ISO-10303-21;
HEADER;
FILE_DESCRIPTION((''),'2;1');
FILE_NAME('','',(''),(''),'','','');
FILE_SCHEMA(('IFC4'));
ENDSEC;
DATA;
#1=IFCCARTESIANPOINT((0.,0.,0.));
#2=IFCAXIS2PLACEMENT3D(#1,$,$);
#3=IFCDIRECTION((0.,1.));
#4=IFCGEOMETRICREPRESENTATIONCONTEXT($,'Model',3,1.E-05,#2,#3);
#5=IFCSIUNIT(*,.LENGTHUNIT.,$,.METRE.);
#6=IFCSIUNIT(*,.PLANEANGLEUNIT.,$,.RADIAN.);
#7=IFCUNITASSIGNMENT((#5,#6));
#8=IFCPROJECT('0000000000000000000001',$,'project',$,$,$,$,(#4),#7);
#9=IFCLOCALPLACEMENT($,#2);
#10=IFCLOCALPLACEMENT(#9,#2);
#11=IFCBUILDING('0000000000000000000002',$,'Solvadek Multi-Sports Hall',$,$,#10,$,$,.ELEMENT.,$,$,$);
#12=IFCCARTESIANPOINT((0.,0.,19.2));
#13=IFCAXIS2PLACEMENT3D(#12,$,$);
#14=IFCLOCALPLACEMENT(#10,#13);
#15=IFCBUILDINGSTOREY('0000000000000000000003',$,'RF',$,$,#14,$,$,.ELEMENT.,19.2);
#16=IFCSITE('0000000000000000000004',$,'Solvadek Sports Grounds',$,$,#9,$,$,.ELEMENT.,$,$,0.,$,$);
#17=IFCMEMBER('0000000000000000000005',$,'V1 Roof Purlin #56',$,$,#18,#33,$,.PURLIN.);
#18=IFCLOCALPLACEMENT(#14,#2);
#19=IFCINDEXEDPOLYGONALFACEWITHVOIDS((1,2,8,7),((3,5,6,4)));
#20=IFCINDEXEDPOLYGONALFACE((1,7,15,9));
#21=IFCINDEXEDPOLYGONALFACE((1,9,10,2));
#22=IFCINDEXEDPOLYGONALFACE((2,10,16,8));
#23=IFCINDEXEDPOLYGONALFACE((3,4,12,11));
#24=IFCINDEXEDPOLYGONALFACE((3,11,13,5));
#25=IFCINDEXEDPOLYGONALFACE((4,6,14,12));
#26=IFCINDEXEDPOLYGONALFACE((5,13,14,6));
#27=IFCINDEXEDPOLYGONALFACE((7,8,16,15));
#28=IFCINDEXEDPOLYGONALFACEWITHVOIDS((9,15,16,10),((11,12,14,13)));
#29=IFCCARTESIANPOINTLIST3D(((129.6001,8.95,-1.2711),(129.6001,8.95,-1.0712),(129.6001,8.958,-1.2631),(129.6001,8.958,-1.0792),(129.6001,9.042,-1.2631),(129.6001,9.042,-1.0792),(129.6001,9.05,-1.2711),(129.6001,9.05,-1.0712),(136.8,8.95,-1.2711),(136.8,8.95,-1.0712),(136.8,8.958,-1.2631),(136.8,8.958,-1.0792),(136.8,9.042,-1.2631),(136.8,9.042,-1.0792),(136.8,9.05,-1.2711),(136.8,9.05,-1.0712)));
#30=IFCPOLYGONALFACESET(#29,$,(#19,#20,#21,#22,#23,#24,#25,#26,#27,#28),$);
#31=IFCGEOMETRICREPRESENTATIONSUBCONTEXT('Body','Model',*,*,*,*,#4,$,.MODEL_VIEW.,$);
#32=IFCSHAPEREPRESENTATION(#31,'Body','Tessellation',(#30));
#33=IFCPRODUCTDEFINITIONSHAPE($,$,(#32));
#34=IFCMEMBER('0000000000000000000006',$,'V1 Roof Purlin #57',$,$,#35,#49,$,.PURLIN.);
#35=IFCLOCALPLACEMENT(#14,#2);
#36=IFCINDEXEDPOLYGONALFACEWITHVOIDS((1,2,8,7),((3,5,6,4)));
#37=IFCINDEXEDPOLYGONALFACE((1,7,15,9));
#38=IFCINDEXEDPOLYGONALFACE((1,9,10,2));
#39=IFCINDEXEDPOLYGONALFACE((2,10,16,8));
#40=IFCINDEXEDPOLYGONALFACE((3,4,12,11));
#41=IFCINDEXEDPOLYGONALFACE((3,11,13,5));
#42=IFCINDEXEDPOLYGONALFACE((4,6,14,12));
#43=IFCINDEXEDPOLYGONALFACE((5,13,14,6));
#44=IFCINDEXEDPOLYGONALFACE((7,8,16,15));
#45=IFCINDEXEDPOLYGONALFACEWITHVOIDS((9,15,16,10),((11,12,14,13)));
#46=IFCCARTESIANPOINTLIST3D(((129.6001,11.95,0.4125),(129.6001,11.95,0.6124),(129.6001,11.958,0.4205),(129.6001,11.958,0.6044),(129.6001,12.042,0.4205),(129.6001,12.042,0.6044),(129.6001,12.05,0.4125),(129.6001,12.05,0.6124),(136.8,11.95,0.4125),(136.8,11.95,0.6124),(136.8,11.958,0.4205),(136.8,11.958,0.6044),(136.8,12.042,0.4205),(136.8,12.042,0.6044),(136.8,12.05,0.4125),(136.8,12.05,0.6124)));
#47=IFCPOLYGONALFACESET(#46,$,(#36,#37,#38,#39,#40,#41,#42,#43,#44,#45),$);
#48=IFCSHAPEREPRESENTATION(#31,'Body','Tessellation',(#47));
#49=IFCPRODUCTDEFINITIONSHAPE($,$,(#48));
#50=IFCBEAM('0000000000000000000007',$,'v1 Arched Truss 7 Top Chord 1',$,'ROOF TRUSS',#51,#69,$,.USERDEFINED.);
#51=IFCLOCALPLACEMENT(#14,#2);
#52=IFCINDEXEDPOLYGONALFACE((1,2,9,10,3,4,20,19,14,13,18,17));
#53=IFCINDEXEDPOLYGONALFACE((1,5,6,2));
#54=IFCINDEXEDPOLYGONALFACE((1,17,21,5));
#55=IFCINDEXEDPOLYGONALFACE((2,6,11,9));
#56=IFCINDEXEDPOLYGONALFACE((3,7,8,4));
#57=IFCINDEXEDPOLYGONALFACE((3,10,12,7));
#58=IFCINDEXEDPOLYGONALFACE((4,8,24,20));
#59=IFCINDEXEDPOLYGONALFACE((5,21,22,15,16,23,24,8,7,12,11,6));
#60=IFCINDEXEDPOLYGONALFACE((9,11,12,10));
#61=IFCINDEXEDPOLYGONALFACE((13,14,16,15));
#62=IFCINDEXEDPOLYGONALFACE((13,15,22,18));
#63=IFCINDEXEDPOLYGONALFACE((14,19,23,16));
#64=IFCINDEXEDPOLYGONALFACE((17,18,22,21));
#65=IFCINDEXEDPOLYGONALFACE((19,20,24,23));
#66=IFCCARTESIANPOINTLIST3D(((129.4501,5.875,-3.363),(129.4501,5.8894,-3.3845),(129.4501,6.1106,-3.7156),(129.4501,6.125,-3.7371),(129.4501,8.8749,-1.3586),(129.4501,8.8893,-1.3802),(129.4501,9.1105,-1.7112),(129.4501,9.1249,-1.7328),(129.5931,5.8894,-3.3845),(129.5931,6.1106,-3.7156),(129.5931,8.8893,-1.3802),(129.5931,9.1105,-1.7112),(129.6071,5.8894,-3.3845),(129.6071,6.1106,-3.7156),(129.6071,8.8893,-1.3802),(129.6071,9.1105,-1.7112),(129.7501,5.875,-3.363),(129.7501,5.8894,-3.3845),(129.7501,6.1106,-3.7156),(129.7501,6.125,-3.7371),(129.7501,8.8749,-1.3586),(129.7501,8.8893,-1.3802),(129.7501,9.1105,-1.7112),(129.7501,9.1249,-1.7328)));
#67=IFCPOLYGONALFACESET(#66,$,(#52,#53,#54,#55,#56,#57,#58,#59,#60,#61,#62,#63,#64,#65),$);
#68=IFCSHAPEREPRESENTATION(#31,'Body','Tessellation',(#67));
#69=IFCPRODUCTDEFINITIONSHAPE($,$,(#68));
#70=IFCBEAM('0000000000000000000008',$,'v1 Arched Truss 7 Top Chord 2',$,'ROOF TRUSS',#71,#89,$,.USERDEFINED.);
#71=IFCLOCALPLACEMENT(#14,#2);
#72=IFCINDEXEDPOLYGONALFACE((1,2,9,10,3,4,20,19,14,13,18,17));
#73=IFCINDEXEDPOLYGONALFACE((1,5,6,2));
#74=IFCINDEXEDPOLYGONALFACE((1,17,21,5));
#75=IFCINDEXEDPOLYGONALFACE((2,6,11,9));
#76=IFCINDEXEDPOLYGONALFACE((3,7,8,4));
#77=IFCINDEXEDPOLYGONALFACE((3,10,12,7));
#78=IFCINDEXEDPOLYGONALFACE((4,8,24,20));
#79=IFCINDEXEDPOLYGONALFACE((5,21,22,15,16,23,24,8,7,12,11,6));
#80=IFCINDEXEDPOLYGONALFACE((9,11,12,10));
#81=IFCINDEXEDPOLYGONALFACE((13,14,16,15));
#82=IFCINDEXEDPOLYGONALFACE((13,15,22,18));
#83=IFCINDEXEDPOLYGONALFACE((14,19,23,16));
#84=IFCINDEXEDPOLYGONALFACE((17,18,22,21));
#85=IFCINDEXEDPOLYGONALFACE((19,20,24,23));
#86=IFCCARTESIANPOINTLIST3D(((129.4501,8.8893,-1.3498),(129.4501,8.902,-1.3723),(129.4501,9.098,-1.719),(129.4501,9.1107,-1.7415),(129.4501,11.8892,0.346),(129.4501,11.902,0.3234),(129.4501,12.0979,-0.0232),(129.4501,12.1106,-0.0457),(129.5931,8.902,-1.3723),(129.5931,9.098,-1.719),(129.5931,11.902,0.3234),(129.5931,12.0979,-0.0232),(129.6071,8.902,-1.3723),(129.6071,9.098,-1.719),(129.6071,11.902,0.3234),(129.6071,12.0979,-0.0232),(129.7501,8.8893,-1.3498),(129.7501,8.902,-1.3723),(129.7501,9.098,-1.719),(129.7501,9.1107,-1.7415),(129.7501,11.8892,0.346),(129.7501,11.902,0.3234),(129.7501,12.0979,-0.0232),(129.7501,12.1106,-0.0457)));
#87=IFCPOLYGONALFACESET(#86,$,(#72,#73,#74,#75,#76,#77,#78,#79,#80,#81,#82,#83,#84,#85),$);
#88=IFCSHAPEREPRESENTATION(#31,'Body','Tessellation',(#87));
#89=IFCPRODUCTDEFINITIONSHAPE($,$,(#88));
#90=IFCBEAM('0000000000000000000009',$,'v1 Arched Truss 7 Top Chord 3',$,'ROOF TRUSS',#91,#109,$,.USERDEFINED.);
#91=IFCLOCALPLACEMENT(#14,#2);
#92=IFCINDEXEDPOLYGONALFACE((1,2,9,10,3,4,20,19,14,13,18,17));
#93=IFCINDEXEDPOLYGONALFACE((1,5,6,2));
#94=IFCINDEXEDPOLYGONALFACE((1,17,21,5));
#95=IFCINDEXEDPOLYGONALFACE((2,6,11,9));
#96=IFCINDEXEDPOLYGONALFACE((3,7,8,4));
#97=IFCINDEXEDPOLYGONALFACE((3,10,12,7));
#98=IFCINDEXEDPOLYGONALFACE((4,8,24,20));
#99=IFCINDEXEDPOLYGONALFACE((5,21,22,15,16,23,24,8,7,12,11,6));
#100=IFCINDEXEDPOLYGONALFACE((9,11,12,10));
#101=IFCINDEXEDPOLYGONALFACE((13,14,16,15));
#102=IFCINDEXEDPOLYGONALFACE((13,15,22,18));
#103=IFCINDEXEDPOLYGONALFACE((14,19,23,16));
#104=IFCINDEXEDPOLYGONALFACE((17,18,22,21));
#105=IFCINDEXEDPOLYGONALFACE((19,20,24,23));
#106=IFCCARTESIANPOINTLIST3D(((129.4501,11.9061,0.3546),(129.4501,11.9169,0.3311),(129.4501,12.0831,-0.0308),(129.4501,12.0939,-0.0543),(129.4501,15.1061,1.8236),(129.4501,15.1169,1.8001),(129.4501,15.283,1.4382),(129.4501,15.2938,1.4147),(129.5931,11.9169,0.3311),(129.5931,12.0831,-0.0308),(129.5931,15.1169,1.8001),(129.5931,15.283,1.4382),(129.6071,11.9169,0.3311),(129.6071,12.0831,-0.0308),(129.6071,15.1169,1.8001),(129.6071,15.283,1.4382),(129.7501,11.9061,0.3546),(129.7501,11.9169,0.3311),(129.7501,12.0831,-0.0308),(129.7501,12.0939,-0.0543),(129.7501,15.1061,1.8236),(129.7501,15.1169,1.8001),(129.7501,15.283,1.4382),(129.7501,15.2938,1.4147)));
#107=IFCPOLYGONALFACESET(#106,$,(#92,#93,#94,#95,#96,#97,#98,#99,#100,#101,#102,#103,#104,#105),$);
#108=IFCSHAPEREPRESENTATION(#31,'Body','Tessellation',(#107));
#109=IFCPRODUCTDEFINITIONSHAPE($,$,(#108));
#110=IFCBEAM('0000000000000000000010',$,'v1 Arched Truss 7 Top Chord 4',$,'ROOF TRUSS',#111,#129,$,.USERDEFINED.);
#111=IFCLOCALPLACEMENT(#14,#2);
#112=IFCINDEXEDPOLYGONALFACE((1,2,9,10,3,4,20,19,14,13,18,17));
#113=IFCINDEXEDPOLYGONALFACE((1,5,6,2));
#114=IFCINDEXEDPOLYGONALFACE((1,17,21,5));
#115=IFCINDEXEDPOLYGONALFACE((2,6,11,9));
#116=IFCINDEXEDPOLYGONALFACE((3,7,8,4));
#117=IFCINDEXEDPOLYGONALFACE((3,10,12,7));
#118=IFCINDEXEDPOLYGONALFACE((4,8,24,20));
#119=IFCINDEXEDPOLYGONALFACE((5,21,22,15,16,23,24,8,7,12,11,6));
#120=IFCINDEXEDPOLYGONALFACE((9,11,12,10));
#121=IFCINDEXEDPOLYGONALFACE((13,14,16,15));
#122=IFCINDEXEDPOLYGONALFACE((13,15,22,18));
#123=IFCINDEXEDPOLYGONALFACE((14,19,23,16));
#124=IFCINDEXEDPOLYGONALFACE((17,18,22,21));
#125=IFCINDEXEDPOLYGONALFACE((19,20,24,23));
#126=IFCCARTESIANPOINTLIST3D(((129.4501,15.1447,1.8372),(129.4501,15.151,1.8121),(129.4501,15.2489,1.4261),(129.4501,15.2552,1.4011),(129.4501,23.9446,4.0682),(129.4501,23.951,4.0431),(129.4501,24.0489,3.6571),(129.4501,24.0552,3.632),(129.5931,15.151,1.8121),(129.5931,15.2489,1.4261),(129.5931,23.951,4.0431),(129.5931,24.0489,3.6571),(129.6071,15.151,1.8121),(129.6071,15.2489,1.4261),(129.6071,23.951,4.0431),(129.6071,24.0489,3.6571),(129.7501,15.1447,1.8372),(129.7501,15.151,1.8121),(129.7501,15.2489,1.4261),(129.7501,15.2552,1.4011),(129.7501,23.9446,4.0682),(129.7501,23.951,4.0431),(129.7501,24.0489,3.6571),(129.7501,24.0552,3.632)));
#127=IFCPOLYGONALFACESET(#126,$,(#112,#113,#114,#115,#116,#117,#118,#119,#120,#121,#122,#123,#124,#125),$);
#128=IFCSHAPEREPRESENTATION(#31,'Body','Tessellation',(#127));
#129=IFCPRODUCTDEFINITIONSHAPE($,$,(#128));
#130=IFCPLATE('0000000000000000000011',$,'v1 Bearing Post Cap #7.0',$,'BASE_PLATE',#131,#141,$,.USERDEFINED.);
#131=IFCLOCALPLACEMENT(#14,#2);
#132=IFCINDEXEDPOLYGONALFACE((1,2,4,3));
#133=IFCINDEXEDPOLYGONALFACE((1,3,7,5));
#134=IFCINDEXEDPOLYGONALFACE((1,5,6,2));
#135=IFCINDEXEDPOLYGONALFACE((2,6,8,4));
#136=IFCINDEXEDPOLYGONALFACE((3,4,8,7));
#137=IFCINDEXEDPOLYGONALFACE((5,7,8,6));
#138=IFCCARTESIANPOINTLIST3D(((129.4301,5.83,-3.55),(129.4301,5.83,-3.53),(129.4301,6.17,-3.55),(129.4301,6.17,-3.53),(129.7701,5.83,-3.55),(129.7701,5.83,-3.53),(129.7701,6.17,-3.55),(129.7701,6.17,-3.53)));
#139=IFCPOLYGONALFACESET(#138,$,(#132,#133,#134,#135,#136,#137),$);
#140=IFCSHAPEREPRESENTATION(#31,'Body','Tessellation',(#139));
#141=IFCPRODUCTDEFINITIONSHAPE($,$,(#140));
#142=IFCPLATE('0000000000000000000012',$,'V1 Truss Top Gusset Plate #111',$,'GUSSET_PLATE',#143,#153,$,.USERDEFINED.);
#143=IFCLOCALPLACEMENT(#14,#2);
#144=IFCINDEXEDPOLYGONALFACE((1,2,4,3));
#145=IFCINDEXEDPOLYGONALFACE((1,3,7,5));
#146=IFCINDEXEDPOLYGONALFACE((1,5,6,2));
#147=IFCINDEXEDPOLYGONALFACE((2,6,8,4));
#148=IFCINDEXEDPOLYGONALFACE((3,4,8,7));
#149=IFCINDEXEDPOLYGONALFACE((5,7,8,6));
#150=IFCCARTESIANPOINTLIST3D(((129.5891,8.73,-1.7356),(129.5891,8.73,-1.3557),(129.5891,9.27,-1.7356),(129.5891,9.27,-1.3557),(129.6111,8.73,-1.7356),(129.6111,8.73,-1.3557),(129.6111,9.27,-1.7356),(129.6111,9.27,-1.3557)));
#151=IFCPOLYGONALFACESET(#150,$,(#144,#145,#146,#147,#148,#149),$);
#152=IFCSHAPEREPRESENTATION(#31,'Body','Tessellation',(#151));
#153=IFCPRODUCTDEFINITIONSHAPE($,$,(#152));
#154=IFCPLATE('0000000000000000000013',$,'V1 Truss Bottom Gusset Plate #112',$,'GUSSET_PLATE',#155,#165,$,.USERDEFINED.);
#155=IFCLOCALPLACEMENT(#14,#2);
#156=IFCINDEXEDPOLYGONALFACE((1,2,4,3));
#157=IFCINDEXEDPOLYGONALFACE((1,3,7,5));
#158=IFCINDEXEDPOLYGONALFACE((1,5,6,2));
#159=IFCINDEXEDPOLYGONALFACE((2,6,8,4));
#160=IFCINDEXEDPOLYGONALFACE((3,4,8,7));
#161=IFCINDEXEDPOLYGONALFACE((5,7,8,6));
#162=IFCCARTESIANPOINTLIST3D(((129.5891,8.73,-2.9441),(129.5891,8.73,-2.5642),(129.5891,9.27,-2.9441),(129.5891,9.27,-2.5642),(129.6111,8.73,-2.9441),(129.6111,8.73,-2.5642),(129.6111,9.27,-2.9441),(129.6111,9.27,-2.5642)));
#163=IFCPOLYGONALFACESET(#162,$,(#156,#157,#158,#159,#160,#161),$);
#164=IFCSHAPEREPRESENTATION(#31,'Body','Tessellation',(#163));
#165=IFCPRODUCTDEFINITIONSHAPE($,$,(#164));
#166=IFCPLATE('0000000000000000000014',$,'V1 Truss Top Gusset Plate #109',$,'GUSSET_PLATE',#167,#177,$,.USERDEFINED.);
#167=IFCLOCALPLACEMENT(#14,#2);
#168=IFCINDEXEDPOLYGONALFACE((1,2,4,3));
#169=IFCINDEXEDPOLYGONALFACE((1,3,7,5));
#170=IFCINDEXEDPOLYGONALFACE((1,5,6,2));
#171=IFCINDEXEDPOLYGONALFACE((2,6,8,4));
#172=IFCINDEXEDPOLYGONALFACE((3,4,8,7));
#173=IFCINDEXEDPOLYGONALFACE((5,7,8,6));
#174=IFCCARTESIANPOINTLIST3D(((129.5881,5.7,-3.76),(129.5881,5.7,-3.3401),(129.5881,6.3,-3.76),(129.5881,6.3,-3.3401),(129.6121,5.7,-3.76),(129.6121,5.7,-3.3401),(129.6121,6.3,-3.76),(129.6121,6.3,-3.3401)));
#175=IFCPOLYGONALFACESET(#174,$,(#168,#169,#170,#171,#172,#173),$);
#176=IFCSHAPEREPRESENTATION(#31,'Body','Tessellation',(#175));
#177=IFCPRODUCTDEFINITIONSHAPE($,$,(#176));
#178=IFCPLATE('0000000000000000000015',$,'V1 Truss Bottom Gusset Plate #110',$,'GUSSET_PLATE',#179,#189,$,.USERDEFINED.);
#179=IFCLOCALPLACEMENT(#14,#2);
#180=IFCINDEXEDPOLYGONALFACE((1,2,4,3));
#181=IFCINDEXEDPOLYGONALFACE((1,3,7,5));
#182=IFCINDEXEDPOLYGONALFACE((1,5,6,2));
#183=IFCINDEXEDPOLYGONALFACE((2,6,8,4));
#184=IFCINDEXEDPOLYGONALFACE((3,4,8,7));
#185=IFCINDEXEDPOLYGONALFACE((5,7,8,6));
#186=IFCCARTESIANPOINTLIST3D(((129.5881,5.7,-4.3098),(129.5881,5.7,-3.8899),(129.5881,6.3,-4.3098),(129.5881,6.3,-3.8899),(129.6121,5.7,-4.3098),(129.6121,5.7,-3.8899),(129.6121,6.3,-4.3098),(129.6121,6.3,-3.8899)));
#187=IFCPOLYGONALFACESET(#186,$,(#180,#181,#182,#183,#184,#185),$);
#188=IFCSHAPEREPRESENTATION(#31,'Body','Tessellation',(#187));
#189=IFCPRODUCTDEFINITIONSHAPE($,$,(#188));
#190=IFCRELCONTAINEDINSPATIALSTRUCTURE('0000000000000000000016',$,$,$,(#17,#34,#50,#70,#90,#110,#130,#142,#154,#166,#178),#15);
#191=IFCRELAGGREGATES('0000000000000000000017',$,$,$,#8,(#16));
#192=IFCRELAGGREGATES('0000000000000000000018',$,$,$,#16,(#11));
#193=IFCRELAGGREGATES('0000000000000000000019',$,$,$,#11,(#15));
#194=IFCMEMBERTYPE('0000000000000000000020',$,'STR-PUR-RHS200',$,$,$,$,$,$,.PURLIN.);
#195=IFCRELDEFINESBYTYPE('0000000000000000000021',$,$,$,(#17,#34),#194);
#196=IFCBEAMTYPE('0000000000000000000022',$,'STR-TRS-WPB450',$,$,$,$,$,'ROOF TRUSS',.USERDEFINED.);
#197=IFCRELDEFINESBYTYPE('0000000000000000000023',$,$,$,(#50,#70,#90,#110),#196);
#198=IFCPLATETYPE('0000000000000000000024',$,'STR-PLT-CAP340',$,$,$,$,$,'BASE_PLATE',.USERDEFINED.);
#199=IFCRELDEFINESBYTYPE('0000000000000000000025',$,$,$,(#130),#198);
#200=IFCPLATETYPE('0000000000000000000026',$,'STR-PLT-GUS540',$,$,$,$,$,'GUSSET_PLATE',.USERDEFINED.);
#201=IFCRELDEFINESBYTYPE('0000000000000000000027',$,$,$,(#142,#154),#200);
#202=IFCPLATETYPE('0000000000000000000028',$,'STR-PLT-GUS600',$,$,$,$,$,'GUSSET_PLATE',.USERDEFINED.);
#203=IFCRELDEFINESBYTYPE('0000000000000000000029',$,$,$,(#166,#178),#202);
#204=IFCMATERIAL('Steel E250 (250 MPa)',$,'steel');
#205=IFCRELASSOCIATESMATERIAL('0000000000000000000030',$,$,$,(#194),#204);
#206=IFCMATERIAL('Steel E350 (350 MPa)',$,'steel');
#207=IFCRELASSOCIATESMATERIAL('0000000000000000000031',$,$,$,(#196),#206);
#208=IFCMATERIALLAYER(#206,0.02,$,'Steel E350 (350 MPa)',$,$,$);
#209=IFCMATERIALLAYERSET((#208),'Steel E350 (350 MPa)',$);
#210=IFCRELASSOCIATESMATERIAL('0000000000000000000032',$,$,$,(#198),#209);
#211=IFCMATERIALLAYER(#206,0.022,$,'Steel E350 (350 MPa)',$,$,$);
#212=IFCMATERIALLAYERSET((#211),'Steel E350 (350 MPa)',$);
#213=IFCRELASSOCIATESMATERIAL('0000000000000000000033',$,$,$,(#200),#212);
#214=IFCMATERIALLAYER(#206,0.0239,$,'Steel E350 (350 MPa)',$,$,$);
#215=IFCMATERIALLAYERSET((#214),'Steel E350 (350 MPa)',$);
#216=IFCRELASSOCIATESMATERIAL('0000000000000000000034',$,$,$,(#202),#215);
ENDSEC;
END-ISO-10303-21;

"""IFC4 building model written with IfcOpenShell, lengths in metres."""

from ifc_helpers import new_model, si_unit, direction, frame, origin, origin_2d, place, context, subcontext, project, spatial, rectangle, hollow_rectangle, i_section, extrude, material, layer, layer_set, material_profile, profile_set, type_object, element, save


model = new_model("IFC4")

# Units and contexts
model_context = context("Model", 3, precision=1e-05, world=origin(), true_north=direction((0.0, 1.0)))
body_context = subcontext(model_context, "Body", "Model", "MODEL_VIEW")
ifc_project = project(units=[si_unit("LENGTHUNIT", "METRE"), si_unit("PLANEANGLEUNIT", "RADIAN")], contexts=[model_context])

# Site, building, storey
site_placement = place(None, origin())
site = spatial("IfcSite", under=ifc_project, at=site_placement, Name="Solvadek Sports Grounds", CompositionType="ELEMENT", RefElevation=0.0)
building_placement = place(site_placement, origin())
building = spatial("IfcBuilding", under=site, at=building_placement, Name="Solvadek Multi-Sports Hall", CompositionType="ELEMENT")
storey_placement = place(building_placement, frame((0.0, 0.0, 19.2)))
storey = spatial("IfcBuildingStorey", under=building, at=storey_placement, Name="RF", CompositionType="ELEMENT", Elevation=19.2)

# Shared definitions
ifc_material_1 = material(Name="Steel E350 (350 MPa)", Category="steel")

# Members
ifc_material_2 = material(Name="Steel E250 (250 MPa)", Category="steel")
ifc_material_profile_1 = material_profile(ifc_material_2, hollow_rectangle(XDim=0.1001, YDim=0.2, WallThickness=0.0081, at=origin_2d()), Name="RHS 200x100x8")
ifc_profile_set_1 = profile_set([ifc_material_profile_1], Name="Steel E250 (250 MPa)")
member_type_1 = type_object("IfcMemberType", Name="STR-PUR-RHS200", PredefinedType="PURLIN", material=ifc_profile_set_1)
for number, where, z_axis, x_axis, name in (
    (1, (129.6001, 9.0, -1.1711), (1.0, 0.0, 0.0), (0.0, 1.0, 0.0), "V1 Roof Purlin #56"),
    (2, (129.6001, 12.0, 0.5125), (1.0, 0.0, 0.0), (0.0, 1.0, 0.0), "V1 Roof Purlin #57"),
):
    element("IfcMember", number, at=place(storey_placement, frame(where, z_axis=z_axis, x_axis=x_axis)), inside=storey, type_object=member_type_1, Name=name, PredefinedType="PURLIN", context=body_context, shape_type="SweptSolid", body=[
        extrude(hollow_rectangle(XDim=0.1001, YDim=0.2, WallThickness=0.0081, at=origin_2d()), origin(), (0.0, 0.0, 1.0), 7.2),
    ])

# Beams
ifc_material_profile_2 = material_profile(ifc_material_1, i_section(OverallWidth=0.3, OverallDepth=0.45, WebThickness=0.0139, FlangeThickness=0.0259, at=origin_2d()), Name="WPB 450")
ifc_profile_set_2 = profile_set([ifc_material_profile_2], Name="Steel E350 (350 MPa)")
beam_type = type_object("IfcBeamType", Name="STR-TRS-WPB450", ElementType="ROOF TRUSS", PredefinedType="USERDEFINED", material=ifc_profile_set_2)
beam_1_placement = place(storey_placement, frame((129.6001, 6.0, -3.55), z_axis=(0.0, 0.831488, 0.555543), x_axis=(-1.0, 0.0, 0.0)))
element("IfcBeam", 3, at=beam_1_placement, inside=storey, type_object=beam_type, Name="v1 Arched Truss 7 Top Chord 1", ObjectType="ROOF TRUSS", PredefinedType="USERDEFINED", context=body_context, shape_type="SweptSolid", body=[
    extrude(i_section(OverallWidth=0.3, OverallDepth=0.45, WebThickness=0.0139, FlangeThickness=0.0259, at=origin_2d()), origin(), (0.0, 0.0, 1.0), 3.6079),
])
beam_2_placement = place(storey_placement, frame((129.6001, 9.0, -1.5457), z_axis=(0.0, 0.870544, 0.49209), x_axis=(-1.0, 0.0, 0.0)))
element("IfcBeam", 4, at=beam_2_placement, inside=storey, type_object=beam_type, Name="v1 Arched Truss 7 Top Chord 2", ObjectType="ROOF TRUSS", PredefinedType="USERDEFINED", context=body_context, shape_type="SweptSolid", body=[
    extrude(i_section(OverallWidth=0.3, OverallDepth=0.45, WebThickness=0.0139, FlangeThickness=0.0259, at=origin_2d()), origin(), (0.0, 0.0, 1.0), 3.446),
])
beam_3_placement = place(storey_placement, frame((129.6001, 12.0, 0.1501), z_axis=(0.0, 0.908812, 0.417206), x_axis=(-1.0, 0.0, 0.0)))
element("IfcBeam", 5, at=beam_3_placement, inside=storey, type_object=beam_type, Name="v1 Arched Truss 7 Top Chord 3", ObjectType="ROOF TRUSS", PredefinedType="USERDEFINED", context=body_context, shape_type="SweptSolid", body=[
    extrude(i_section(OverallWidth=0.3, OverallDepth=0.45, WebThickness=0.0139, FlangeThickness=0.0259, at=origin_2d()), origin(), (0.0, 0.0, 1.0), 3.521),
])
beam_4_placement = place(storey_placement, frame((129.6001, 15.2, 1.6191), z_axis=(0.0, 0.969335, 0.245742), x_axis=(-1.0, 0.0, 0.0)))
element("IfcBeam", 6, at=beam_4_placement, inside=storey, type_object=beam_type, Name="v1 Arched Truss 7 Top Chord 4", ObjectType="ROOF TRUSS", PredefinedType="USERDEFINED", context=body_context, shape_type="SweptSolid", body=[
    extrude(i_section(OverallWidth=0.3, OverallDepth=0.45, WebThickness=0.0139, FlangeThickness=0.0259, at=origin_2d()), origin(), (0.0, 0.0, 1.0), 9.0784),
])

# Plates
ifc_layer_1 = layer(ifc_material_1, 0.02, Name="Steel E350 (350 MPa)")
ifc_layer_set_1 = layer_set([ifc_layer_1], Name="Steel E350 (350 MPa)")
plate_type_1 = type_object("IfcPlateType", Name="STR-PLT-CAP340", ElementType="BASE_PLATE", PredefinedType="USERDEFINED", material=ifc_layer_set_1)
plate_placement = place(storey_placement, frame((129.6001, 6.0, -3.55), z_axis=(0.0, 0.0, 1.0), x_axis=(1.0, 0.0, 0.0)))
element("IfcPlate", 7, at=plate_placement, inside=storey, type_object=plate_type_1, Name="v1 Bearing Post Cap #7.0", ObjectType="BASE_PLATE", PredefinedType="USERDEFINED", context=body_context, shape_type="SweptSolid", body=[
    extrude(rectangle(XDim=0.3401, YDim=0.3401, at=origin_2d()), origin(), (0.0, 0.0, 1.0), 0.02),
])
ifc_layer_2 = layer(ifc_material_1, 0.022, Name="Steel E350 (350 MPa)")
ifc_layer_set_2 = layer_set([ifc_layer_2], Name="Steel E350 (350 MPa)")
plate_type_2 = type_object("IfcPlateType", Name="STR-PLT-GUS540", ElementType="GUSSET_PLATE", PredefinedType="USERDEFINED", material=ifc_layer_set_2)
for number, where, z_axis, x_axis, name in (
    (8, (129.6001, 9.0, -1.7356), (0.0, 0.0, 1.0), (0.0, 1.0, 0.0), "V1 Truss Top Gusset Plate #111"),
    (9, (129.6001, 9.0, -2.9441), (0.0, 0.0, 1.0), (0.0, 1.0, 0.0), "V1 Truss Bottom Gusset Plate #112"),
):
    element("IfcPlate", number, at=place(storey_placement, frame(where, z_axis=z_axis, x_axis=x_axis)), inside=storey, type_object=plate_type_2, Name=name, ObjectType="GUSSET_PLATE", PredefinedType="USERDEFINED", context=body_context, shape_type="SweptSolid", body=[
        extrude(rectangle(XDim=0.54, YDim=0.022, at=origin_2d()), origin(), (0.0, 0.0, 1.0), 0.3799),
    ])
ifc_layer_3 = layer(ifc_material_1, 0.0239, Name="Steel E350 (350 MPa)")
ifc_layer_set_3 = layer_set([ifc_layer_3], Name="Steel E350 (350 MPa)")
plate_type_3 = type_object("IfcPlateType", Name="STR-PLT-GUS600", ElementType="GUSSET_PLATE", PredefinedType="USERDEFINED", material=ifc_layer_set_3)
for number, where, z_axis, x_axis, name in (
    (10, (129.6001, 6.0, -3.76), (0.0, 0.0, 1.0), (0.0, 1.0, 0.0), "V1 Truss Top Gusset Plate #109"),
    (11, (129.6001, 6.0, -4.3098), (0.0, 0.0, 1.0), (0.0, 1.0, 0.0), "V1 Truss Bottom Gusset Plate #110"),
):
    element("IfcPlate", number, at=place(storey_placement, frame(where, z_axis=z_axis, x_axis=x_axis)), inside=storey, type_object=plate_type_3, Name=name, ObjectType="GUSSET_PLATE", PredefinedType="USERDEFINED", context=body_context, shape_type="SweptSolid", body=[
        extrude(rectangle(XDim=0.6001, YDim=0.0239, at=origin_2d()), origin(), (0.0, 0.0, 1.0), 0.4199),
    ])

save(model, "model.ifc")
